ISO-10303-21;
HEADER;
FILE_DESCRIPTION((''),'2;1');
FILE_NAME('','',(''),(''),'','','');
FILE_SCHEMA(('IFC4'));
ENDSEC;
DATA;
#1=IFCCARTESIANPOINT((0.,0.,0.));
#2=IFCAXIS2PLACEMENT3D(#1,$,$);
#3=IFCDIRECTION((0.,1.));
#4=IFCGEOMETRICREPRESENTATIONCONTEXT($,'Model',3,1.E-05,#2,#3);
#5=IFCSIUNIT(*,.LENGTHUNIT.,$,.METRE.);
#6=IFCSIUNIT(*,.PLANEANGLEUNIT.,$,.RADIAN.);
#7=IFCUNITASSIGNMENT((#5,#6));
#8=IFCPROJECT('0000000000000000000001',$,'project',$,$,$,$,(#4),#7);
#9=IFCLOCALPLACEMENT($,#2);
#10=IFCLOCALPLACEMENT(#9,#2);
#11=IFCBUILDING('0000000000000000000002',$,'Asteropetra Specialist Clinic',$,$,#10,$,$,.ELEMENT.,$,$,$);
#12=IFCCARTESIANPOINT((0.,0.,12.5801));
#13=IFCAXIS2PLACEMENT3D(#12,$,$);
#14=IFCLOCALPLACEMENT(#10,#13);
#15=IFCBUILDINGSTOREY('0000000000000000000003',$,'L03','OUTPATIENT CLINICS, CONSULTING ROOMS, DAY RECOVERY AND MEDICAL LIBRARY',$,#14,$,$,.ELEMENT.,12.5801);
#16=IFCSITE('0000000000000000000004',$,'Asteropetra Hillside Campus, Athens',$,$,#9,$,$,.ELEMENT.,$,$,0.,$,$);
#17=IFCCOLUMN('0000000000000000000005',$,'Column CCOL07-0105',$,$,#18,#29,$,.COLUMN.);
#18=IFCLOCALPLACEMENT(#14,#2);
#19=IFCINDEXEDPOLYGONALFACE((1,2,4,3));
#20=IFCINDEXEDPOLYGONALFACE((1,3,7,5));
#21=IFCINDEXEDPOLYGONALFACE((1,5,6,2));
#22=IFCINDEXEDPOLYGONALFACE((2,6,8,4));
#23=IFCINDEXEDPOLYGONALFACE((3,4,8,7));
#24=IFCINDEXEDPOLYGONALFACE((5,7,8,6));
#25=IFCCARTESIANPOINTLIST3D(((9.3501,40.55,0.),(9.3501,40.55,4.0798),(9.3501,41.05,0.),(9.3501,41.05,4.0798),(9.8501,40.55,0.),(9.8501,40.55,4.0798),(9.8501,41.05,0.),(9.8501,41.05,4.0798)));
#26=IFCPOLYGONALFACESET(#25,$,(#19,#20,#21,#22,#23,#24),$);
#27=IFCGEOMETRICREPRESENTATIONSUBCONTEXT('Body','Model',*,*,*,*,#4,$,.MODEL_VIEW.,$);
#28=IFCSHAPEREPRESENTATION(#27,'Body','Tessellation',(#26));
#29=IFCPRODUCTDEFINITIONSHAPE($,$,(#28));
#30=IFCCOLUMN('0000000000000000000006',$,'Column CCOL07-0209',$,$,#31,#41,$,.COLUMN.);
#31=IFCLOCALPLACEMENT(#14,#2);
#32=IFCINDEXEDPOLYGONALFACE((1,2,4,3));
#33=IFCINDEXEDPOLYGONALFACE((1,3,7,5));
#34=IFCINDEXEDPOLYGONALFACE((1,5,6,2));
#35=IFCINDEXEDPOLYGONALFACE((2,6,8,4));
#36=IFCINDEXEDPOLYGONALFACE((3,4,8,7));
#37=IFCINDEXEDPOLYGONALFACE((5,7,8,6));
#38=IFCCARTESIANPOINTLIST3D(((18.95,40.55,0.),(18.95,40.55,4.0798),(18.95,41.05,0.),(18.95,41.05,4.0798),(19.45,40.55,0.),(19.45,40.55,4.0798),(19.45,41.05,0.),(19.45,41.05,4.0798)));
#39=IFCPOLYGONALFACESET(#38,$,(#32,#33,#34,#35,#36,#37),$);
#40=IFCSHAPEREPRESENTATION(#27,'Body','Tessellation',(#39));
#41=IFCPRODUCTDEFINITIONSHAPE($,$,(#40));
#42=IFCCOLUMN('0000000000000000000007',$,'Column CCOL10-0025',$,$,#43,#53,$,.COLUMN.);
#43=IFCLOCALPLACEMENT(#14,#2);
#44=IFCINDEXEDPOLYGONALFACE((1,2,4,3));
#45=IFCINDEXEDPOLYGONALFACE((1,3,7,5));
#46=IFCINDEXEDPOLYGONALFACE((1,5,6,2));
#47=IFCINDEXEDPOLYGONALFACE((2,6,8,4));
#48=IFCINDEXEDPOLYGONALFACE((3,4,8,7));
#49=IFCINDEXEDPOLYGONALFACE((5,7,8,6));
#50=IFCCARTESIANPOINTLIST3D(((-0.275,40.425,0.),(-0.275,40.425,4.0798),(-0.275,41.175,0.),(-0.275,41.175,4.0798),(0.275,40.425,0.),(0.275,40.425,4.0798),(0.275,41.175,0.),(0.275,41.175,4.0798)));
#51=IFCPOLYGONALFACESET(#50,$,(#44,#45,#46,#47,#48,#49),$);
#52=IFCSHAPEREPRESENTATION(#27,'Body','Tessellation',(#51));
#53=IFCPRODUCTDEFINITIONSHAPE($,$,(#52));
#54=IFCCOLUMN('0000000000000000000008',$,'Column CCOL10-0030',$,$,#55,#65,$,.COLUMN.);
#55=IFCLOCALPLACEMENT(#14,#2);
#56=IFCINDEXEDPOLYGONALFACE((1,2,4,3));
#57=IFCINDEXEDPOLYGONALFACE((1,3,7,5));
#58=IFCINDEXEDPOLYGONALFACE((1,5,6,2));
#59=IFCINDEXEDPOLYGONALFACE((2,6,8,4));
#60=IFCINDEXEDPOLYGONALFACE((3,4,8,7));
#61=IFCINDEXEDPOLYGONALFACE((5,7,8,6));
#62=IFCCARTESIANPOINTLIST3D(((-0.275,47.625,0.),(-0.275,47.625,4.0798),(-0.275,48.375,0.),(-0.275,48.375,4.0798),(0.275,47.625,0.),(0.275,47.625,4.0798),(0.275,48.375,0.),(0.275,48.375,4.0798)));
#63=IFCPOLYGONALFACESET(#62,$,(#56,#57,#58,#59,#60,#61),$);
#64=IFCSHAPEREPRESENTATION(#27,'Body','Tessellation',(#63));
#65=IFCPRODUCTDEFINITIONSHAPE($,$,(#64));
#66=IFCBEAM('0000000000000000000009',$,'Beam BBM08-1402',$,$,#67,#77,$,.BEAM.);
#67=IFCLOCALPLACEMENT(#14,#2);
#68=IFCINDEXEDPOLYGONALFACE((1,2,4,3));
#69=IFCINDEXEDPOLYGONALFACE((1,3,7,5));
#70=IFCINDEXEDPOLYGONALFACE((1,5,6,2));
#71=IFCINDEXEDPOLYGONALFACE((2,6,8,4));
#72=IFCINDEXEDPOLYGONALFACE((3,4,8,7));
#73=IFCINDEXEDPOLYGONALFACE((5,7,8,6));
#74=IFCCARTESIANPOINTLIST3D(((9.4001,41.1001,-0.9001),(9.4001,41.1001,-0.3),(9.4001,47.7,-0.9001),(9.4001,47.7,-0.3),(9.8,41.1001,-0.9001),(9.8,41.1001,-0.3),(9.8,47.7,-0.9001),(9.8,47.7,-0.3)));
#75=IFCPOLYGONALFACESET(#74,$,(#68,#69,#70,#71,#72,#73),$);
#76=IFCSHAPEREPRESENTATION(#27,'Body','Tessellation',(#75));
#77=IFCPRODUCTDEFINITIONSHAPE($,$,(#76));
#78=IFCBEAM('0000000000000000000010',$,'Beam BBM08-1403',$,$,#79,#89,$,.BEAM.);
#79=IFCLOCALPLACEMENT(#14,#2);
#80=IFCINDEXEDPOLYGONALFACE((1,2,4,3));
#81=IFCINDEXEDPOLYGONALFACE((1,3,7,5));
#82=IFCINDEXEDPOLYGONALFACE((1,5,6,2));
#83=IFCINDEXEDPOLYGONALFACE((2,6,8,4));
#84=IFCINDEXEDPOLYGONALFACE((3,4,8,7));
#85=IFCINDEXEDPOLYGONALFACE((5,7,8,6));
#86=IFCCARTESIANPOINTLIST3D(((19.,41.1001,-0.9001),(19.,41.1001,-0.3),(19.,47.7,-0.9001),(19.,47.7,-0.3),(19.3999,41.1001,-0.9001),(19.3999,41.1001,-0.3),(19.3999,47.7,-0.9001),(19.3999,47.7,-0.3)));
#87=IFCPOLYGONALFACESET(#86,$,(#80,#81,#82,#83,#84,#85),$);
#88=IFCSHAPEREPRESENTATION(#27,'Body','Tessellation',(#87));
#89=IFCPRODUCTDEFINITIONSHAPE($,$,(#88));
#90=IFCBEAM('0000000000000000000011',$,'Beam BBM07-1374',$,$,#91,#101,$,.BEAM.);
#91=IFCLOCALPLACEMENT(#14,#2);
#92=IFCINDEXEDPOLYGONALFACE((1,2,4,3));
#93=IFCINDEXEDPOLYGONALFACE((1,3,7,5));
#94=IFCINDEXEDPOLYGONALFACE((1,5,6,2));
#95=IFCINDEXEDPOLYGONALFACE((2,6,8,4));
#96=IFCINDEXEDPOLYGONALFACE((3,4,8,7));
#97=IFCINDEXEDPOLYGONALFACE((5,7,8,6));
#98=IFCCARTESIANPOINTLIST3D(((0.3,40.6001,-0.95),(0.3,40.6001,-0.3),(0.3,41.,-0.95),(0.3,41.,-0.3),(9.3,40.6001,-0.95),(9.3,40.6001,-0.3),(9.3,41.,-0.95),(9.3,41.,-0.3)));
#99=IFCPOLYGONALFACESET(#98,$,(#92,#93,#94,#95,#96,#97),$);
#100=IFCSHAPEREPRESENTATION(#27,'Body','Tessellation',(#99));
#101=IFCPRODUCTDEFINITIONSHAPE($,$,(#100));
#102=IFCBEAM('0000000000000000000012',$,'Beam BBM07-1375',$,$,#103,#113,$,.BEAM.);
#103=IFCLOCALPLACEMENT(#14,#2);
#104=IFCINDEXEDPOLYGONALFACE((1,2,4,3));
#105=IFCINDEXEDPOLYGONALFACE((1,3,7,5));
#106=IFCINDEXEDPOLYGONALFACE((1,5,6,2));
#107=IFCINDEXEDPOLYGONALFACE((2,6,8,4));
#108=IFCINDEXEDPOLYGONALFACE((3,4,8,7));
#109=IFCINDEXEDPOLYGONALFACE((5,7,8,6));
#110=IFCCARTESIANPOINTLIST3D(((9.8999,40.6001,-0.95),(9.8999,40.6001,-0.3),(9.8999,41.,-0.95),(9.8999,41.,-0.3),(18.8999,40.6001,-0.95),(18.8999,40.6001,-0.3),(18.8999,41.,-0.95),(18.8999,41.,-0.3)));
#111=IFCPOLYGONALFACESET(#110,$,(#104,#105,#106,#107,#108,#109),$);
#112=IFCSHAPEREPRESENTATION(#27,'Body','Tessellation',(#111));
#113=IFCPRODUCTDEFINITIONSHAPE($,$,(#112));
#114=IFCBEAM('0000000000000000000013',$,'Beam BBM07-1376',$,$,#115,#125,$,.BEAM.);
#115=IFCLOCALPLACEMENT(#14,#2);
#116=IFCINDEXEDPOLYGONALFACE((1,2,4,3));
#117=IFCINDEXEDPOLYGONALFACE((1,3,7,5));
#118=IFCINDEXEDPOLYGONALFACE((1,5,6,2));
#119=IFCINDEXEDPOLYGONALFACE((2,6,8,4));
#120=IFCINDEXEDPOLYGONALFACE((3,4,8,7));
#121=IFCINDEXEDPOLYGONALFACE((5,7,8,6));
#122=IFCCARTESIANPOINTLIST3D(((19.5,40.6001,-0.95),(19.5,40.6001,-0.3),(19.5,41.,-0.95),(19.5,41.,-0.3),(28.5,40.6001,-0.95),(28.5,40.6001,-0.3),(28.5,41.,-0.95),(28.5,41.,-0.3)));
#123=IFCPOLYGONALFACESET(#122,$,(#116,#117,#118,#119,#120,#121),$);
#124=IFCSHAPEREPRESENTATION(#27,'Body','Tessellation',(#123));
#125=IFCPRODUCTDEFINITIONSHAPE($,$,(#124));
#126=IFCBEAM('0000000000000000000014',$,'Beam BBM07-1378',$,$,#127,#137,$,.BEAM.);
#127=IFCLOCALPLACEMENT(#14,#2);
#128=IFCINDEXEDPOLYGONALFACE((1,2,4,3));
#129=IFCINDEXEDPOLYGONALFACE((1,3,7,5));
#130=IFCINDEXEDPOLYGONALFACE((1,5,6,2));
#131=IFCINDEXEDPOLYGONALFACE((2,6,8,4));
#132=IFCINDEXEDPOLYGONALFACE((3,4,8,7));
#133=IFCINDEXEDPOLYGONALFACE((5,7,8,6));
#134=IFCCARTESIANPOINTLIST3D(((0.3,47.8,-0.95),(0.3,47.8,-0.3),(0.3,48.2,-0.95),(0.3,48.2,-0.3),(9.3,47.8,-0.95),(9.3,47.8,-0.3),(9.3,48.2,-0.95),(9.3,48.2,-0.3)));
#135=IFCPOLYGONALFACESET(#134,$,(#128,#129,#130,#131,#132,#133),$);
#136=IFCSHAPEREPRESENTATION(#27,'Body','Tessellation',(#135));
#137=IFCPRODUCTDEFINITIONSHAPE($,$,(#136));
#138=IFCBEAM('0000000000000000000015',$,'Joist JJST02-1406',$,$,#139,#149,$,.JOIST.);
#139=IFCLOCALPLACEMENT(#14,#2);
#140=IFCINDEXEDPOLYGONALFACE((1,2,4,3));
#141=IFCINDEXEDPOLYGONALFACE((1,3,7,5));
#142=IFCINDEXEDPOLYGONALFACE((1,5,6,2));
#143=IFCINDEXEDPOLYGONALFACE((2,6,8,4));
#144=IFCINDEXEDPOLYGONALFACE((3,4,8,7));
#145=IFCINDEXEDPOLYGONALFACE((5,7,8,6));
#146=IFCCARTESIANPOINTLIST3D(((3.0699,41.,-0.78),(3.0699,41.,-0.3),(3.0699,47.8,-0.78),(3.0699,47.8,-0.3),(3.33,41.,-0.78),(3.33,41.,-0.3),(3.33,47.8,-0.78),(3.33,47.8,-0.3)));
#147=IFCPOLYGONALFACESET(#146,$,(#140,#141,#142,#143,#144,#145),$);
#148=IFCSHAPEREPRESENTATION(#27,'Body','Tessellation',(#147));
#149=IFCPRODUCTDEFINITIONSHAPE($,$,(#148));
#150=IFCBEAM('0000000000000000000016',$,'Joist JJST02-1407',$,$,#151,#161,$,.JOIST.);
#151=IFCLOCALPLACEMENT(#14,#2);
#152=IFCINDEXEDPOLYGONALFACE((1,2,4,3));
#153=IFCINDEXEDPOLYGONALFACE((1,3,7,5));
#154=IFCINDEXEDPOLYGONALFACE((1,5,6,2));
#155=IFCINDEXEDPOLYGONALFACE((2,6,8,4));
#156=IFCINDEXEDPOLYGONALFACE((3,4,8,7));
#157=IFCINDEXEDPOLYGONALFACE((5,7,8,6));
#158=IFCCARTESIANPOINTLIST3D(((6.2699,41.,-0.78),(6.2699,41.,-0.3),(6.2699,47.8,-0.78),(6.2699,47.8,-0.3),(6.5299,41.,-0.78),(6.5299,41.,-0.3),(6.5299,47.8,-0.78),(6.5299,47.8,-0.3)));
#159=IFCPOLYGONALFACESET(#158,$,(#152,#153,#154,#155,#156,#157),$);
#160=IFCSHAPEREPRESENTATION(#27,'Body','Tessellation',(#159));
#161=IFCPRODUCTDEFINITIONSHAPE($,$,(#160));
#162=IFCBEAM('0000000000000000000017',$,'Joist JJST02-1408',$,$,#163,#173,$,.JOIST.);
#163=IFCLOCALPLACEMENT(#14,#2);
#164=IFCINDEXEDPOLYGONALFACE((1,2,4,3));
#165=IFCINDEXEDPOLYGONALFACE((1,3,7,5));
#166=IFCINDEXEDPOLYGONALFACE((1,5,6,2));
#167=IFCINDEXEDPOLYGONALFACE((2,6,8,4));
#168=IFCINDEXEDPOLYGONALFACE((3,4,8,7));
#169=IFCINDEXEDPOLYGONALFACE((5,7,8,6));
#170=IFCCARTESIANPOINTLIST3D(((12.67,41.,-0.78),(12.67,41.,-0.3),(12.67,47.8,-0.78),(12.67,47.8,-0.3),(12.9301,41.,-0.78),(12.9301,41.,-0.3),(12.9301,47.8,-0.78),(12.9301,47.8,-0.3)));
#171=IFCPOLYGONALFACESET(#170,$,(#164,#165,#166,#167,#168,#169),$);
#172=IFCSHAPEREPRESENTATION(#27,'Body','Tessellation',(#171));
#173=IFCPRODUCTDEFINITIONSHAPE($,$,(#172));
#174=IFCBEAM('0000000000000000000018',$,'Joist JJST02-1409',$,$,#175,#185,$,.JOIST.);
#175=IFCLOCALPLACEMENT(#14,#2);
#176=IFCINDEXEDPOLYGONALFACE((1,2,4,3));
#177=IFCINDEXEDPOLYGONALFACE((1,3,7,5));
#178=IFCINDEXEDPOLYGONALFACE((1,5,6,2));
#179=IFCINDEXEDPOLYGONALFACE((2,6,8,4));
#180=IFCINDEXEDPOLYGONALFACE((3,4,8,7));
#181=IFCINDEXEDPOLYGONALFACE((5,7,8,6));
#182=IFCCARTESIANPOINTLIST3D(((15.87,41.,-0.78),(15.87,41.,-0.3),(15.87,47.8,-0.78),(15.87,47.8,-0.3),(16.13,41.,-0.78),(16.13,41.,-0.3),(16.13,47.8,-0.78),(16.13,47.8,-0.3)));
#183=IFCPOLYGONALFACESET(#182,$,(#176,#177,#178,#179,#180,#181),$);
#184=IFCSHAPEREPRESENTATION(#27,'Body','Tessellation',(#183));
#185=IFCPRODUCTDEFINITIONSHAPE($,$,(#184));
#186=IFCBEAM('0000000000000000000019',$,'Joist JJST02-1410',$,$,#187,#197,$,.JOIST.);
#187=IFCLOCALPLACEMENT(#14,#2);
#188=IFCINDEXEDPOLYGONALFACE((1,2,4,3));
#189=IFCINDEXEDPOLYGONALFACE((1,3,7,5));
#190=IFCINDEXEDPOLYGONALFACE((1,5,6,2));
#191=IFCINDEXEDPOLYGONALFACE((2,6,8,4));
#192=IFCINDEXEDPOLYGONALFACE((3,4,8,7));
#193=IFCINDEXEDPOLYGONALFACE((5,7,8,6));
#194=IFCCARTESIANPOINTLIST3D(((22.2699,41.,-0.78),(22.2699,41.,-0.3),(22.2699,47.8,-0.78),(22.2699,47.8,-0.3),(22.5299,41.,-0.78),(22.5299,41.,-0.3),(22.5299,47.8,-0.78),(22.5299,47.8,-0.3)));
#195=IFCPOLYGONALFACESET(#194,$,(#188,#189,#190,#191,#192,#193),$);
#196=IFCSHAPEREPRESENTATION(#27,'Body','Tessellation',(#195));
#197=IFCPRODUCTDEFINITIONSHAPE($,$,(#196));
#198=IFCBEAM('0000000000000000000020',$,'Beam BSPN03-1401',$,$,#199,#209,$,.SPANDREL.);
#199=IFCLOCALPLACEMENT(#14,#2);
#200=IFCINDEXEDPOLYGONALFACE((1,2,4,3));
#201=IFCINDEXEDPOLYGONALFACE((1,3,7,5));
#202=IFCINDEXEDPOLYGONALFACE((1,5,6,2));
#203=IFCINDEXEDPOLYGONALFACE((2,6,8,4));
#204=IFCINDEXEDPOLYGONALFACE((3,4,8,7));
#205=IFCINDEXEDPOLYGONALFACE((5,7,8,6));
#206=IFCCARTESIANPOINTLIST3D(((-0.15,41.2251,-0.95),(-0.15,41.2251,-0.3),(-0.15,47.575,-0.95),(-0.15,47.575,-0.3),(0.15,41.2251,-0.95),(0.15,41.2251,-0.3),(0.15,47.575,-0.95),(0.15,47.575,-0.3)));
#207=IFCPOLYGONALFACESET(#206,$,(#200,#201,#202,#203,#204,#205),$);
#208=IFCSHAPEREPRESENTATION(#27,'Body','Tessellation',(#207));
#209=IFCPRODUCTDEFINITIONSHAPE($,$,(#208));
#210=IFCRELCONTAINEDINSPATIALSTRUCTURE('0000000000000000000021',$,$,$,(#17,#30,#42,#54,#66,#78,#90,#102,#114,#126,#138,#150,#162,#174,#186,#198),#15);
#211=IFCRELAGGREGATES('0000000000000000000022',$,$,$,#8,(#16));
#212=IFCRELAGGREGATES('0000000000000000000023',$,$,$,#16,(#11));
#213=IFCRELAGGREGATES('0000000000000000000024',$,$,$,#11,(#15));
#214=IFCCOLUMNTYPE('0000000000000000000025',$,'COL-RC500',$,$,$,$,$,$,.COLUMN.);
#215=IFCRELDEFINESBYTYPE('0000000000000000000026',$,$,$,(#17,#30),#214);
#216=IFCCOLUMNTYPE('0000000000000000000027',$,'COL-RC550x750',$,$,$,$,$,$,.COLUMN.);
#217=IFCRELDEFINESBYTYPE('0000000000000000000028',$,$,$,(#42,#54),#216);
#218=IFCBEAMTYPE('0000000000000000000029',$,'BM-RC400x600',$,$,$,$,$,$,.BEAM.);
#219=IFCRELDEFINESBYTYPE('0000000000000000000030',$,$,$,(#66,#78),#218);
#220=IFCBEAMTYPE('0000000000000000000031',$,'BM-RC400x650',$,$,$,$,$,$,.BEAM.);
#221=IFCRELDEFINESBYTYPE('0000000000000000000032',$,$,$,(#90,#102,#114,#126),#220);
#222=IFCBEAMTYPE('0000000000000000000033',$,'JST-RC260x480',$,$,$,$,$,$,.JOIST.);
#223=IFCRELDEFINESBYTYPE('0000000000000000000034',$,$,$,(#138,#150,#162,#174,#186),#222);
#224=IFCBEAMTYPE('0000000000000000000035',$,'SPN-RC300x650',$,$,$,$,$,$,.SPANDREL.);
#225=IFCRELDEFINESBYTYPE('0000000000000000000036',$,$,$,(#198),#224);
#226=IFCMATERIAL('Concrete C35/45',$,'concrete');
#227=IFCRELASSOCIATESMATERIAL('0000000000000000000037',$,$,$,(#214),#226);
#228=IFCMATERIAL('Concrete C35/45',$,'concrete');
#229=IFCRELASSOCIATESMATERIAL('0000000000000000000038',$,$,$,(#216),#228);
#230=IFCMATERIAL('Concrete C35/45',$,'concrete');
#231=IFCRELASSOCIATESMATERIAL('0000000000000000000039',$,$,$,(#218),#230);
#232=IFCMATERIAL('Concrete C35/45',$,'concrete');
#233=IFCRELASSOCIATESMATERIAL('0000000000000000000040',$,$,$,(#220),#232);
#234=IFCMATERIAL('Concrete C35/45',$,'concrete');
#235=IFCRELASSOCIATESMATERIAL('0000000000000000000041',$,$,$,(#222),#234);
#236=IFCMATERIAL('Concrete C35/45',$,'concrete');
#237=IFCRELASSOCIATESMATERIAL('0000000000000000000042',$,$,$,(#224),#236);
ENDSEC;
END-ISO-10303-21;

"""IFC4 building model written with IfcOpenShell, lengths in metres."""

from ifc_helpers import new_model, si_unit, direction, frame, origin, origin_2d, place, context, subcontext, project, spatial, rectangle, extrude, material, material_profile, profile_set, type_object, element, save


model = new_model("IFC4")

# Units and contexts
model_context = context("Model", 3, precision=1e-05, world=origin(), true_north=direction((0.0, 1.0)))
body_context = subcontext(model_context, "Body", "Model", "MODEL_VIEW")
ifc_project = project(units=[si_unit("LENGTHUNIT", "METRE"), si_unit("PLANEANGLEUNIT", "RADIAN")], contexts=[model_context])

# Site, building, storey
site_placement = place(None, origin())
site = spatial("IfcSite", under=ifc_project, at=site_placement, Name="Asteropetra Hillside Campus, Athens", CompositionType="ELEMENT", RefElevation=0.0)
building_placement = place(site_placement, origin())
building = spatial("IfcBuilding", under=site, at=building_placement, Name="Asteropetra Specialist Clinic", CompositionType="ELEMENT")
storey_placement = place(building_placement, frame((0.0, 0.0, 12.5801)))
storey = spatial("IfcBuildingStorey", under=building, at=storey_placement, Name="L03", Description="OUTPATIENT CLINICS, CONSULTING ROOMS, DAY RECOVERY AND MEDICAL LIBRARY", CompositionType="ELEMENT", Elevation=12.5801)

# Columns
ifc_material_1 = material(Name="Concrete C35/45", Category="concrete")
ifc_material_profile_1 = material_profile(ifc_material_1, rectangle(XDim=0.5, YDim=0.5, at=origin_2d()), Name="RC 500x500")
ifc_profile_set_1 = profile_set([ifc_material_profile_1], Name="Concrete C35/45")
column_type_1 = type_object("IfcColumnType", Name="COL-RC500", PredefinedType="COLUMN", material=ifc_profile_set_1)
for number, where, z_axis, x_axis, name in (
    (1, (9.6001, 40.8, 0.0), (0.0, 0.0, 1.0), (1.0, 0.0, 0.0), "Column CCOL07-0105"),
    (2, (19.2, 40.8, 0.0), (0.0, 0.0, 1.0), (1.0, 0.0, 0.0), "Column CCOL07-0209"),
):
    element("IfcColumn", number, at=place(storey_placement, frame(where, z_axis=z_axis, x_axis=x_axis)), inside=storey, type_object=column_type_1, Name=name, PredefinedType="COLUMN", context=body_context, shape_type="SweptSolid", body=[
        extrude(rectangle(XDim=0.5, YDim=0.5, at=origin_2d()), origin(), (0.0, 0.0, 1.0), 4.0798),
    ])
ifc_material_2 = material(Name="Concrete C35/45", Category="concrete")
ifc_material_profile_2 = material_profile(ifc_material_2, rectangle(XDim=0.55, YDim=0.75, at=origin_2d()), Name="RC 550x750")
ifc_profile_set_2 = profile_set([ifc_material_profile_2], Name="Concrete C35/45")
column_type_2 = type_object("IfcColumnType", Name="COL-RC550x750", PredefinedType="COLUMN", material=ifc_profile_set_2)
for number, where, z_axis, x_axis, name in (
    (3, (0.0, 40.8, 0.0), (0.0, 0.0, 1.0), (1.0, 0.0, 0.0), "Column CCOL10-0025"),
    (4, (0.0, 48.0, 0.0), (0.0, 0.0, 1.0), (1.0, 0.0, 0.0), "Column CCOL10-0030"),
):
    element("IfcColumn", number, at=place(storey_placement, frame(where, z_axis=z_axis, x_axis=x_axis)), inside=storey, type_object=column_type_2, Name=name, PredefinedType="COLUMN", context=body_context, shape_type="SweptSolid", body=[
        extrude(rectangle(XDim=0.55, YDim=0.75, at=origin_2d()), origin(), (0.0, 0.0, 1.0), 4.0798),
    ])

# Beams
ifc_material_3 = material(Name="Concrete C35/45", Category="concrete")
ifc_material_profile_3 = material_profile(ifc_material_3, rectangle(XDim=0.3999, YDim=0.6001, at=origin_2d()), Name="RCB 400x600")
ifc_profile_set_3 = profile_set([ifc_material_profile_3], Name="Concrete C35/45")
beam_type_1 = type_object("IfcBeamType", Name="BM-RC400x600", PredefinedType="BEAM", material=ifc_profile_set_3)
for number, where, z_axis, x_axis, name in (
    (5, (9.6001, 41.1001, -0.6001), (0.0, 1.0, 0.0), (-1.0, 0.0, 0.0), "Beam BBM08-1402"),
    (6, (19.2, 41.1001, -0.6001), (0.0, 1.0, 0.0), (-1.0, 0.0, 0.0), "Beam BBM08-1403"),
):
    element("IfcBeam", number, at=place(storey_placement, frame(where, z_axis=z_axis, x_axis=x_axis)), inside=storey, type_object=beam_type_1, Name=name, PredefinedType="BEAM", context=body_context, shape_type="SweptSolid", body=[
        extrude(rectangle(XDim=0.3999, YDim=0.6001, at=origin_2d()), origin(), (0.0, 0.0, 1.0), 6.5999),
    ])
ifc_material_4 = material(Name="Concrete C35/45", Category="concrete")
ifc_material_profile_4 = material_profile(ifc_material_4, rectangle(XDim=0.3999, YDim=0.6499, at=origin_2d()), Name="RCB 400x650")
ifc_profile_set_4 = profile_set([ifc_material_profile_4], Name="Concrete C35/45")
beam_type_2 = type_object("IfcBeamType", Name="BM-RC400x650", PredefinedType="BEAM", material=ifc_profile_set_4)
for number, where, z_axis, x_axis, name in (
    (7, (0.3, 40.8, -0.625), (1.0, 0.0, 0.0), (0.0, 1.0, 0.0), "Beam BBM07-1374"),
    (8, (9.8999, 40.8, -0.625), (1.0, 0.0, 0.0), (0.0, 1.0, 0.0), "Beam BBM07-1375"),
    (9, (19.5, 40.8, -0.625), (1.0, 0.0, 0.0), (0.0, 1.0, 0.0), "Beam BBM07-1376"),
    (10, (0.3, 48.0, -0.625), (1.0, 0.0, 0.0), (0.0, 1.0, 0.0), "Beam BBM07-1378"),
):
    element("IfcBeam", number, at=place(storey_placement, frame(where, z_axis=z_axis, x_axis=x_axis)), inside=storey, type_object=beam_type_2, Name=name, PredefinedType="BEAM", context=body_context, shape_type="SweptSolid", body=[
        extrude(rectangle(XDim=0.3999, YDim=0.6499, at=origin_2d()), origin(), (0.0, 0.0, 1.0), 9.0),
    ])
ifc_material_5 = material(Name="Concrete C35/45", Category="concrete")
ifc_material_profile_5 = material_profile(ifc_material_5, rectangle(XDim=0.26, YDim=0.48, at=origin_2d()), Name="RCJ 260x480")
ifc_profile_set_5 = profile_set([ifc_material_profile_5], Name="Concrete C35/45")
beam_type_3 = type_object("IfcBeamType", Name="JST-RC260x480", PredefinedType="JOIST", material=ifc_profile_set_5)
for number, where, z_axis, x_axis, name in (
    (11, (3.2, 41.0, -0.54), (0.0, 1.0, 0.0), (-1.0, 0.0, 0.0), "Joist JJST02-1406"),
    (12, (6.3999, 41.0, -0.54), (0.0, 1.0, 0.0), (-1.0, 0.0, 0.0), "Joist JJST02-1407"),
    (13, (12.8, 41.0, -0.54), (0.0, 1.0, 0.0), (-1.0, 0.0, 0.0), "Joist JJST02-1408"),
    (14, (16.0, 41.0, -0.54), (0.0, 1.0, 0.0), (-1.0, 0.0, 0.0), "Joist JJST02-1409"),
    (15, (22.3999, 41.0, -0.54), (0.0, 1.0, 0.0), (-1.0, 0.0, 0.0), "Joist JJST02-1410"),
):
    element("IfcBeam", number, at=place(storey_placement, frame(where, z_axis=z_axis, x_axis=x_axis)), inside=storey, type_object=beam_type_3, Name=name, PredefinedType="JOIST", context=body_context, shape_type="SweptSolid", body=[
        extrude(rectangle(XDim=0.26, YDim=0.48, at=origin_2d()), origin(), (0.0, 0.0, 1.0), 6.8),
    ])
ifc_material_6 = material(Name="Concrete C35/45", Category="concrete")
ifc_material_profile_6 = material_profile(ifc_material_6, rectangle(XDim=0.3, YDim=0.6499, at=origin_2d()), Name="RCS 300x650")
ifc_profile_set_6 = profile_set([ifc_material_profile_6], Name="Concrete C35/45")
beam_type_4 = type_object("IfcBeamType", Name="SPN-RC300x650", PredefinedType="SPANDREL", material=ifc_profile_set_6)
beam_placement = place(storey_placement, frame((0.0, 41.2251, -0.625), z_axis=(0.0, 1.0, 0.0), x_axis=(-1.0, 0.0, 0.0)))
element("IfcBeam", 16, at=beam_placement, inside=storey, type_object=beam_type_4, Name="Beam BSPN03-1401", PredefinedType="SPANDREL", context=body_context, shape_type="SweptSolid", body=[
    extrude(rectangle(XDim=0.3, YDim=0.6499, at=origin_2d()), origin(), (0.0, 0.0, 1.0), 6.3499),
])

save(model, "model.ifc")
